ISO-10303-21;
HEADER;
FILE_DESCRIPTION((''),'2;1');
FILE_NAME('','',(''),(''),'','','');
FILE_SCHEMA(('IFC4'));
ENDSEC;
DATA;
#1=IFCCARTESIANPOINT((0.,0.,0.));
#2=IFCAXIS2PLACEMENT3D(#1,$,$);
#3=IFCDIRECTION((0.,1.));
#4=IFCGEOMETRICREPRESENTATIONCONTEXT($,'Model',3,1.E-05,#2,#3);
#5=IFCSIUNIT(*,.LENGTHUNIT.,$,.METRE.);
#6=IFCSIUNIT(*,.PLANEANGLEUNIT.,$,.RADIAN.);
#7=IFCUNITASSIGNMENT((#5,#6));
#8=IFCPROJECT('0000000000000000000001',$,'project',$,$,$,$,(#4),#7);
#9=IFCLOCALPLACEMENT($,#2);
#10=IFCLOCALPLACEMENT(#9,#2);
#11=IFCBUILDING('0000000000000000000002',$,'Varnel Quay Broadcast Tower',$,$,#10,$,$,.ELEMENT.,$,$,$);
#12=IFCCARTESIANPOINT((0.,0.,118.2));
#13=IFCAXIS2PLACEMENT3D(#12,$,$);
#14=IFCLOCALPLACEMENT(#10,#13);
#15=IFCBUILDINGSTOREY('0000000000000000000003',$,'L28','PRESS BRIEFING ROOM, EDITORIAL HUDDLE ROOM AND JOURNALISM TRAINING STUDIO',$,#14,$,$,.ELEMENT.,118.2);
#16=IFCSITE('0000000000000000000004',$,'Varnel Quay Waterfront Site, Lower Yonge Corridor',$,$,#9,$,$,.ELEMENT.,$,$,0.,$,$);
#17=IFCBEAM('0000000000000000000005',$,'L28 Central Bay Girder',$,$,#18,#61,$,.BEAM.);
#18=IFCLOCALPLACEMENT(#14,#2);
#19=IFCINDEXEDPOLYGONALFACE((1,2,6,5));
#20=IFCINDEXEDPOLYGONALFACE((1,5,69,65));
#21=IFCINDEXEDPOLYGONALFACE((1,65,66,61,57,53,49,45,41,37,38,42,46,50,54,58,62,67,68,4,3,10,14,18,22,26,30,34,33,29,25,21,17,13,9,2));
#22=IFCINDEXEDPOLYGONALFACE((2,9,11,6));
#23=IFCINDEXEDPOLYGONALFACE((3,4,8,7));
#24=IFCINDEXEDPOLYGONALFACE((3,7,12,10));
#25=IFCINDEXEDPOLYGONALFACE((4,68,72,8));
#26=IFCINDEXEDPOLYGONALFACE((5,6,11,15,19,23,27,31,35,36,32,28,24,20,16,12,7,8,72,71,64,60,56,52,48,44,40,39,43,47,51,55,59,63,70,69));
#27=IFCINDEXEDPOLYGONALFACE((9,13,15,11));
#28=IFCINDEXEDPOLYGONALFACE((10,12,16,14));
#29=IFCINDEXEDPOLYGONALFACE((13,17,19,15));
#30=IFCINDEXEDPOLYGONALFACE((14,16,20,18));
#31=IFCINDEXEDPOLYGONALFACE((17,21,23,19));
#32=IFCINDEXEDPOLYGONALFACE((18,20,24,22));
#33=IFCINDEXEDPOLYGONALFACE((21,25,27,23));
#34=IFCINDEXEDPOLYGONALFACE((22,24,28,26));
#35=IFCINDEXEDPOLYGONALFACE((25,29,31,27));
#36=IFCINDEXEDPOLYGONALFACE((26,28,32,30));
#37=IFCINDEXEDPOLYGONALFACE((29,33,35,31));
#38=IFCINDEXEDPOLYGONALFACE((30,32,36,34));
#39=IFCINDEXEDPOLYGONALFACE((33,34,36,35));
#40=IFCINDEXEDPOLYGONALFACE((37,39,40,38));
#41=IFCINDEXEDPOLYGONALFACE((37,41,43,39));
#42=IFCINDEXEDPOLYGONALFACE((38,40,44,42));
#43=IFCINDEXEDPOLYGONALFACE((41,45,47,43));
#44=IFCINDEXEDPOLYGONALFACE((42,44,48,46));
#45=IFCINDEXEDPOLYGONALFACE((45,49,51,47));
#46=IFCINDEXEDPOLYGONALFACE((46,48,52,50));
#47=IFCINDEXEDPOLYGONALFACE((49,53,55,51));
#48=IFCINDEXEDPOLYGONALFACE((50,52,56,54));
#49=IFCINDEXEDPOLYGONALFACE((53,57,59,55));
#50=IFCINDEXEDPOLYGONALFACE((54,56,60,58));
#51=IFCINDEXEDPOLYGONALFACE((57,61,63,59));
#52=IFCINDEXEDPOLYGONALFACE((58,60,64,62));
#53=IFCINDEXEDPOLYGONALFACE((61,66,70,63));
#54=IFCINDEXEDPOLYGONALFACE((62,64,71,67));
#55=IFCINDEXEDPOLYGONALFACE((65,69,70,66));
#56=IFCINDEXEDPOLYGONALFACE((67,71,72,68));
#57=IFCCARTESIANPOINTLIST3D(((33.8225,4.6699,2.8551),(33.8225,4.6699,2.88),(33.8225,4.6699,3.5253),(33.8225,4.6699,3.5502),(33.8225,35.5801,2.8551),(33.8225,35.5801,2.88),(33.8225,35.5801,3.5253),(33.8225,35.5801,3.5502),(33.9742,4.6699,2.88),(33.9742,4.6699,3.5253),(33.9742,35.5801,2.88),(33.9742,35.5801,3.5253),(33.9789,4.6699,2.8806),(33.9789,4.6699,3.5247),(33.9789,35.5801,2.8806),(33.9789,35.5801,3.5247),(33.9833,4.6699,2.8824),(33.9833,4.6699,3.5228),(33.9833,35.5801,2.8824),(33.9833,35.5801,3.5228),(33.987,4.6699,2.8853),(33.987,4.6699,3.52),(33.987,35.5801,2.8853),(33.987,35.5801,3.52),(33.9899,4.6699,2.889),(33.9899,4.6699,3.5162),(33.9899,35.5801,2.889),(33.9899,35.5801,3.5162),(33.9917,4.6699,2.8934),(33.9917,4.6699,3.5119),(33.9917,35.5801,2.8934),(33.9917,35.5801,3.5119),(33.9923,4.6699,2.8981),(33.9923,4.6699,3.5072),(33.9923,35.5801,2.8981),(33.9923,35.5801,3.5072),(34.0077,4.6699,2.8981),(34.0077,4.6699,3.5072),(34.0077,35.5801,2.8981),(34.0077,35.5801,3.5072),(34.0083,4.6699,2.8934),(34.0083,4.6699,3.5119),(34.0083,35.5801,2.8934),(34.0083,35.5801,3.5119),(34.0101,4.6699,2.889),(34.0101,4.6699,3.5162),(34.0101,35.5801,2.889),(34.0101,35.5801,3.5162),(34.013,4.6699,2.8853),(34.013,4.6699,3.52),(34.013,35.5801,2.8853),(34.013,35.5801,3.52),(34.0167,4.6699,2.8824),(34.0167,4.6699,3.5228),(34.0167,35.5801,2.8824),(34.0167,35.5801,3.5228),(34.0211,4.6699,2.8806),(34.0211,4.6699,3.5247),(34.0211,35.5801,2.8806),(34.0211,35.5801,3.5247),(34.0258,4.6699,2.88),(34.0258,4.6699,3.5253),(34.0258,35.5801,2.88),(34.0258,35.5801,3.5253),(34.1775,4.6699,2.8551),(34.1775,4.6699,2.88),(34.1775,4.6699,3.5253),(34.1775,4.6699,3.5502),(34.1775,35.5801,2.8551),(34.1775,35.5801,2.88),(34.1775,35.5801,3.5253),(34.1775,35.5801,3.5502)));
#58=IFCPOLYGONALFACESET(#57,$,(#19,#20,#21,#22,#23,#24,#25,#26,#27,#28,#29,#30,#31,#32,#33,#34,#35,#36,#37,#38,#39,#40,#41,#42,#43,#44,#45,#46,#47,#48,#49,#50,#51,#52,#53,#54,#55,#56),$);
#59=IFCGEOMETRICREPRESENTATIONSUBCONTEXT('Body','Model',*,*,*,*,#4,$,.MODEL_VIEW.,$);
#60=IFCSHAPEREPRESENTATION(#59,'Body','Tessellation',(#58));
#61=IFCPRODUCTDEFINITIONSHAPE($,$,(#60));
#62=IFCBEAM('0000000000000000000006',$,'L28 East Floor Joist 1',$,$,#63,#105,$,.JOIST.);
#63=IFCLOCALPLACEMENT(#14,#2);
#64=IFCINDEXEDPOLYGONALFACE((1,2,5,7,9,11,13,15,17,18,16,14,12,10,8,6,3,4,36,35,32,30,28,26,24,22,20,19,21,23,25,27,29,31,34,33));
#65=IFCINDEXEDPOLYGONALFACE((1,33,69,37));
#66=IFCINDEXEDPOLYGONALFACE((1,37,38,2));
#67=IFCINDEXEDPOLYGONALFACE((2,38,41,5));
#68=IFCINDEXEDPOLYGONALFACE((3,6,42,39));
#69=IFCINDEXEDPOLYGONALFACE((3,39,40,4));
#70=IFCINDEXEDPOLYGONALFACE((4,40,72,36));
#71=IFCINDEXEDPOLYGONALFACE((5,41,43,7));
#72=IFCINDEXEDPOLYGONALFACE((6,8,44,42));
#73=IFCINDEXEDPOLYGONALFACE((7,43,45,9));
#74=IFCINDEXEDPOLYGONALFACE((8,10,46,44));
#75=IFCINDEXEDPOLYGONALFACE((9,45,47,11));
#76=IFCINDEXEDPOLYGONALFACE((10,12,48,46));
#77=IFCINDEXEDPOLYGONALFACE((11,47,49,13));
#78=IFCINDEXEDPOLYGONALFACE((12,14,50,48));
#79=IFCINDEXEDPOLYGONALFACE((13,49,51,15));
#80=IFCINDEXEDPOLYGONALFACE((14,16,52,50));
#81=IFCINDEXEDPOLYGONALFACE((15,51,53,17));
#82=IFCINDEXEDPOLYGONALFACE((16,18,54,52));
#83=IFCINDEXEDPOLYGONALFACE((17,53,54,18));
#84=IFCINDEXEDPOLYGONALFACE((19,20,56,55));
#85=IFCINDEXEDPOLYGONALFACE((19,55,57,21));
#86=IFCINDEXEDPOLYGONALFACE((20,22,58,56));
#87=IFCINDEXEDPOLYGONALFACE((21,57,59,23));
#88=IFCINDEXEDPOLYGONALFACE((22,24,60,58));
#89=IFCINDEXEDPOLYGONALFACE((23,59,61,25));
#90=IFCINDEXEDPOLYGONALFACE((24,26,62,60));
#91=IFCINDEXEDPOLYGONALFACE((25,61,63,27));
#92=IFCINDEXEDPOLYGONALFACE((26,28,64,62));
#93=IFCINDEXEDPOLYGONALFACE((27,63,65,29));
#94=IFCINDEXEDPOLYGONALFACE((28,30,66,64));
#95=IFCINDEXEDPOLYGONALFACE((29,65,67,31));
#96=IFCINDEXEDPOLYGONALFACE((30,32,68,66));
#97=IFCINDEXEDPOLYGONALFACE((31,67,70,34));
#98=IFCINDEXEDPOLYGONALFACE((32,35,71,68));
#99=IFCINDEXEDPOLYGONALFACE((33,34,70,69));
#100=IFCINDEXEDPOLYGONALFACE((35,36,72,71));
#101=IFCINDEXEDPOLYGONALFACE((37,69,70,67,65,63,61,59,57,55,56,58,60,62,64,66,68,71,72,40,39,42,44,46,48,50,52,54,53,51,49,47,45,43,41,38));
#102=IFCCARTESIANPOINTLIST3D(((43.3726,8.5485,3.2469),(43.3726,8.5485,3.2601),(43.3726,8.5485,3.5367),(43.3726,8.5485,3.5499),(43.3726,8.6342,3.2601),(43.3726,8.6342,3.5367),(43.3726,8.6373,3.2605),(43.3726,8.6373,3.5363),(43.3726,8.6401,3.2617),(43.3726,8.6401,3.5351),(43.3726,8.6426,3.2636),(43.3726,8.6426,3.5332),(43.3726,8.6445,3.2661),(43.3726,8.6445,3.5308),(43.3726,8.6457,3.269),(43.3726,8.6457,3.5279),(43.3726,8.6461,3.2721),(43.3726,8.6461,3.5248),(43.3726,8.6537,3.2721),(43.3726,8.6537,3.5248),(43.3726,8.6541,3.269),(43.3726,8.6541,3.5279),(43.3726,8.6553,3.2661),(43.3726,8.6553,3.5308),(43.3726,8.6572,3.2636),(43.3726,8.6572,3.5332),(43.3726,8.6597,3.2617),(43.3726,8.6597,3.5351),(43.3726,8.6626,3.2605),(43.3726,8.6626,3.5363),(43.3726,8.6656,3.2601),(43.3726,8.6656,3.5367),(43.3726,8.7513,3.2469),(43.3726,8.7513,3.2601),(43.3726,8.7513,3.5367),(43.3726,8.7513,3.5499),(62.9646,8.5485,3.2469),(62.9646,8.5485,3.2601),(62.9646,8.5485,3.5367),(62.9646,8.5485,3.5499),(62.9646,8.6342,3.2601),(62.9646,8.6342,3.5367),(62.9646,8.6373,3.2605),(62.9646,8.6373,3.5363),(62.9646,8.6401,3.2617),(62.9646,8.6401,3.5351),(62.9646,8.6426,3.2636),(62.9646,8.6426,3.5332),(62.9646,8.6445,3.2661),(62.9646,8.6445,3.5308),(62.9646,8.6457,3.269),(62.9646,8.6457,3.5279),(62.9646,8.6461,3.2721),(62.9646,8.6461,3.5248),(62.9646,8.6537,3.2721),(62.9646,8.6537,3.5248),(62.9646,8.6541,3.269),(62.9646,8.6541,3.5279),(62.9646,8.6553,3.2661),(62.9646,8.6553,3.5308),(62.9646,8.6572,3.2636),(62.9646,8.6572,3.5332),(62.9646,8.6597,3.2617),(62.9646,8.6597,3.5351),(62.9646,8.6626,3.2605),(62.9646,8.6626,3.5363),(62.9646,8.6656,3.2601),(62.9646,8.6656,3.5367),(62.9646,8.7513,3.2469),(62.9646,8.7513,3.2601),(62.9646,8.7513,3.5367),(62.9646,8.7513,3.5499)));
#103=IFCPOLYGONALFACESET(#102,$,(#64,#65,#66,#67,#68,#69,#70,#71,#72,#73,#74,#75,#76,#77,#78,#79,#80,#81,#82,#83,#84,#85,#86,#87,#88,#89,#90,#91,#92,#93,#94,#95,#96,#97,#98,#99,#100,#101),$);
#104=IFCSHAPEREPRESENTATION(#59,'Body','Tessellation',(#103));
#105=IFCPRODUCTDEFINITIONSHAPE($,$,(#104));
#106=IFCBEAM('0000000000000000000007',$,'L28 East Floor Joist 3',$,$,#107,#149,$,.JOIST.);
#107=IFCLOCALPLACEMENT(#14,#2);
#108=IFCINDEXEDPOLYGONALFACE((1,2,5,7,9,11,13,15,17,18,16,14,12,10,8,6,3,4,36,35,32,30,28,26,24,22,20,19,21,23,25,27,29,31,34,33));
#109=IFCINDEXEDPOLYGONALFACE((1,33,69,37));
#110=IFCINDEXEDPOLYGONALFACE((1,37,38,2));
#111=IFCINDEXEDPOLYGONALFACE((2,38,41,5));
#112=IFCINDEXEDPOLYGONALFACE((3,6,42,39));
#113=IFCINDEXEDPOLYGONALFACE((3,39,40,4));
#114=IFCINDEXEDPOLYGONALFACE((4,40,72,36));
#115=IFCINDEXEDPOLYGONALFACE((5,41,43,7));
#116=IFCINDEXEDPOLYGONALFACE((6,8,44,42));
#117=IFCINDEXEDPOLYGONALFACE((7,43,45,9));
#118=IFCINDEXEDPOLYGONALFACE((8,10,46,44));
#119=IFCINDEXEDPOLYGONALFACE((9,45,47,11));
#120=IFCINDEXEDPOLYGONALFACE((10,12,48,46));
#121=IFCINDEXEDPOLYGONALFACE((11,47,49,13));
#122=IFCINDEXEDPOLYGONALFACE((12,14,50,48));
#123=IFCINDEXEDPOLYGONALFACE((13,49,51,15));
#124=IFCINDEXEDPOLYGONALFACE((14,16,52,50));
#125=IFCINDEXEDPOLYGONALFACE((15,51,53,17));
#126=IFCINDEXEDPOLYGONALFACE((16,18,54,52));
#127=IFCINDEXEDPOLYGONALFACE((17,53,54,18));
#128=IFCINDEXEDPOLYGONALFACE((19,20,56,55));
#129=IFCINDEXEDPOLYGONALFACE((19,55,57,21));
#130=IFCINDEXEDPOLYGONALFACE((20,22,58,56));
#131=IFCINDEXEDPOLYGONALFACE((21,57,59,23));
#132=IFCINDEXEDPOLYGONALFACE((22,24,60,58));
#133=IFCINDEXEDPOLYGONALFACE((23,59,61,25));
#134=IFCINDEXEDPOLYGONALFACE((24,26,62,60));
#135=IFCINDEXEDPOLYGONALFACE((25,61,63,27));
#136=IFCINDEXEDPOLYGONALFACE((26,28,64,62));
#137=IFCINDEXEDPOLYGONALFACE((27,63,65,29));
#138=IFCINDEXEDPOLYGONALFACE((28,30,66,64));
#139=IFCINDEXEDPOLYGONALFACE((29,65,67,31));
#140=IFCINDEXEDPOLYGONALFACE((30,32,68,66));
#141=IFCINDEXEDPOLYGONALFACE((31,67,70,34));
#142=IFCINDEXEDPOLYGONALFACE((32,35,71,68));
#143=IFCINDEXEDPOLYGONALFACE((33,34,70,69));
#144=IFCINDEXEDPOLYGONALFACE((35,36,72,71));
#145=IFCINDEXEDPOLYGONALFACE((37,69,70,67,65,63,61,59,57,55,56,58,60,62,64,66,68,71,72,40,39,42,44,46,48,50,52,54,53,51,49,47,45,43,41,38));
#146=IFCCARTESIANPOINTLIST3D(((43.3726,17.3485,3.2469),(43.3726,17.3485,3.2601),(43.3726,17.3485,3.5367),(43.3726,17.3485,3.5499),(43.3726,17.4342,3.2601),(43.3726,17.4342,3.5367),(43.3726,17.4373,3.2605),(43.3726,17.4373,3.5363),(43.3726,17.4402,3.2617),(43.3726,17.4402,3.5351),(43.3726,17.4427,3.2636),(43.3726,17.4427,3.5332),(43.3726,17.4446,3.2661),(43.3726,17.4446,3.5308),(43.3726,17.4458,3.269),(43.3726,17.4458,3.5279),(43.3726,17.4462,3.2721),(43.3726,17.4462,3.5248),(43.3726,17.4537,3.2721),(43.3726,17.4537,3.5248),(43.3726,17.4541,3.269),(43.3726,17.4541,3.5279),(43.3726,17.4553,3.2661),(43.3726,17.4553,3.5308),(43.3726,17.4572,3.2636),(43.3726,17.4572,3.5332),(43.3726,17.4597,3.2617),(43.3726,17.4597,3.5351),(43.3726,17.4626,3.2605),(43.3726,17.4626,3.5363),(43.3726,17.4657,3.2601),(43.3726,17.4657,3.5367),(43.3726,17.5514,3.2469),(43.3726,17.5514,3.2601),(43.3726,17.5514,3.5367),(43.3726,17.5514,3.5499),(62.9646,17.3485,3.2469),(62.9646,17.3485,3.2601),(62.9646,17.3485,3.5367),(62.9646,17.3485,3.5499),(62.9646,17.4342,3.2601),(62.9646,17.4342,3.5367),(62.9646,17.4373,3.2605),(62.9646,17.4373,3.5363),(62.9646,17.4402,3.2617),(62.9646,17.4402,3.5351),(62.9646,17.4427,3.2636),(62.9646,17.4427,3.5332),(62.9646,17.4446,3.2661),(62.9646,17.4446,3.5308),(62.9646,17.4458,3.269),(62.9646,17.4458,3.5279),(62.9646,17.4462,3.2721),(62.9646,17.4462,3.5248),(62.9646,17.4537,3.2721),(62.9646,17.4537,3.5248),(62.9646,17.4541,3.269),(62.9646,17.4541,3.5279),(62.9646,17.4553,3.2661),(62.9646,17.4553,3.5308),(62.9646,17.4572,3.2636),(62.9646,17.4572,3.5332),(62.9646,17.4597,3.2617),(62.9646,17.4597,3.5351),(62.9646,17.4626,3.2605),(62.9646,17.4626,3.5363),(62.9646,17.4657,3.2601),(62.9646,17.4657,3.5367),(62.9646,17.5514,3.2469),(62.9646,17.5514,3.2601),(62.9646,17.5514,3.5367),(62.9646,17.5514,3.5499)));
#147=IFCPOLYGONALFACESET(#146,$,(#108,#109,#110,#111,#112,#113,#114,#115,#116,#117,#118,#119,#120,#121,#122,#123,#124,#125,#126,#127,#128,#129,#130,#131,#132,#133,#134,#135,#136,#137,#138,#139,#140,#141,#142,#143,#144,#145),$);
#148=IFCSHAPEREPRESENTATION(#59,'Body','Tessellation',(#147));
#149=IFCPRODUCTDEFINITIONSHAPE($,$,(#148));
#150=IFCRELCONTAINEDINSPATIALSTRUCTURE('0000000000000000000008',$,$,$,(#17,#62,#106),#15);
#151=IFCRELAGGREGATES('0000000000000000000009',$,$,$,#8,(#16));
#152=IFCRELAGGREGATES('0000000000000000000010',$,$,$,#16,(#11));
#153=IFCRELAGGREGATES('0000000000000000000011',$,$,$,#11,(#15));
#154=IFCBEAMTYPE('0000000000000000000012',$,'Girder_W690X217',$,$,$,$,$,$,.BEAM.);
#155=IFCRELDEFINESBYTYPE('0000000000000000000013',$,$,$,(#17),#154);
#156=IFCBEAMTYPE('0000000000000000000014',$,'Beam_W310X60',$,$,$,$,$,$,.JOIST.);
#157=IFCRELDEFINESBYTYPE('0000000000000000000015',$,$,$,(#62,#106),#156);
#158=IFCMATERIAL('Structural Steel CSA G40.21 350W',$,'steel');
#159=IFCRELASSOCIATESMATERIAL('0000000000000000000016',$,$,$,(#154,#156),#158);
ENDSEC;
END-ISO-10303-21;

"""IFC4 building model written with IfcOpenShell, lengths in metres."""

from ifc_helpers import new_model, si_unit, direction, frame, origin, origin_2d, place, context, subcontext, project, spatial, i_section, extrude, source, transform, mapped, material, material_profile, profile_set, type_object, type_shapes, element, save


model = new_model("IFC4")

# Units and contexts
model_context = context("Model", 3, precision=1e-05, world=origin(), true_north=direction((0.0, 1.0)))
body_context = subcontext(model_context, "Body", "Model", "MODEL_VIEW")
ifc_project = project(units=[si_unit("LENGTHUNIT", "METRE"), si_unit("PLANEANGLEUNIT", "RADIAN")], contexts=[model_context])

# Site, building, storey
site_placement = place(None, origin())
site = spatial("IfcSite", under=ifc_project, at=site_placement, Name="Varnel Quay Waterfront Site, Lower Yonge Corridor", CompositionType="ELEMENT", RefElevation=0.0)
building_placement = place(site_placement, origin())
building = spatial("IfcBuilding", under=site, at=building_placement, Name="Varnel Quay Broadcast Tower", CompositionType="ELEMENT")
storey_placement = place(building_placement, frame((0.0, 0.0, 118.2)))
storey = spatial("IfcBuildingStorey", under=building, at=storey_placement, Name="L28", Description="PRESS BRIEFING ROOM, EDITORIAL HUDDLE ROOM AND JOURNALISM TRAINING STUDIO", CompositionType="ELEMENT", Elevation=118.2)

# Shared definitions
ifc_material_1 = material(Name="Structural Steel CSA G40.21 350W", Category="steel")

# Beams
ifc_material_profile_1 = material_profile(ifc_material_1, i_section(OverallWidth=0.355, OverallDepth=0.6951, WebThickness=0.0154, FlangeThickness=0.0249, FilletRadius=0.0181, at=origin_2d()), Name="W690X217")
ifc_profile_set_1 = profile_set([ifc_material_profile_1], Name="Structural Steel CSA G40.21 350W")
beam_type_1 = type_object("IfcBeamType", Name="Girder_W690X217", PredefinedType="BEAM", material=ifc_profile_set_1)
shared_shape_1 = source(origin(), body_context, "Body", "SweptSolid", [
    extrude(i_section(OverallWidth=0.355, OverallDepth=0.6951, WebThickness=0.0154, FlangeThickness=0.0249, FilletRadius=0.0181, at=origin_2d()), origin(), (0.0, 0.0, 1.0), 30.9102),
])
beam_1_placement = place(storey_placement, frame((34.0, 4.6699, 3.2026), z_axis=(0.0, 1.0, 0.0), x_axis=(-1.0, 0.0, 0.0)))
element("IfcBeam", 1, at=beam_1_placement, inside=storey, type_object=beam_type_1, Name="L28 Central Bay Girder", PredefinedType="BEAM", context=body_context, shape_type="MappedRepresentation", body=[
    mapped(shared_shape_1, transform((0.0, 0.0, 0.0), x_axis=(1.0, 0.0, 0.0), y_axis=(0.0, 1.0, 0.0), z_axis=(0.0, 0.0, 1.0), scale=1.0)),
])
ifc_material_profile_2 = material_profile(ifc_material_1, i_section(OverallWidth=0.2029, OverallDepth=0.303, WebThickness=0.0076, FlangeThickness=0.0132, FilletRadius=0.012, at=origin_2d()), Name="W310X60")
ifc_profile_set_2 = profile_set([ifc_material_profile_2], Name="Structural Steel CSA G40.21 350W")
beam_type_2 = type_object("IfcBeamType", Name="Beam_W310X60", PredefinedType="JOIST", material=ifc_profile_set_2)
shared_shape_2 = source(origin(), body_context, "Body", "SweptSolid", [
    extrude(i_section(OverallWidth=0.2029, OverallDepth=0.303, WebThickness=0.0076, FlangeThickness=0.0132, FilletRadius=0.012, at=origin_2d()), origin(), (0.0, 0.0, 1.0), 19.592),
])
type_shapes(beam_type_2, [shared_shape_2])
for number, where, z_axis, x_axis, name in (
    (2, (43.3726, 8.6499, 3.3984), (1.0, 0.0, 0.0), (0.0, 1.0, 0.0), "L28 East Floor Joist 1"),
    (3, (43.3726, 17.45, 3.3984), (1.0, 0.0, 0.0), (0.0, 1.0, 0.0), "L28 East Floor Joist 3"),
):
    element("IfcBeam", number, at=place(storey_placement, frame(where, z_axis=z_axis, x_axis=x_axis)), inside=storey, type_object=beam_type_2, Name=name, PredefinedType="JOIST", context=body_context, shape_type="MappedRepresentation", body=[
        mapped(shared_shape_2, transform((0.0, 0.0, 0.0), x_axis=(1.0, 0.0, 0.0), y_axis=(0.0, 1.0, 0.0), z_axis=(0.0, 0.0, 1.0), scale=1.0)),
    ])

save(model, "model.ifc")
